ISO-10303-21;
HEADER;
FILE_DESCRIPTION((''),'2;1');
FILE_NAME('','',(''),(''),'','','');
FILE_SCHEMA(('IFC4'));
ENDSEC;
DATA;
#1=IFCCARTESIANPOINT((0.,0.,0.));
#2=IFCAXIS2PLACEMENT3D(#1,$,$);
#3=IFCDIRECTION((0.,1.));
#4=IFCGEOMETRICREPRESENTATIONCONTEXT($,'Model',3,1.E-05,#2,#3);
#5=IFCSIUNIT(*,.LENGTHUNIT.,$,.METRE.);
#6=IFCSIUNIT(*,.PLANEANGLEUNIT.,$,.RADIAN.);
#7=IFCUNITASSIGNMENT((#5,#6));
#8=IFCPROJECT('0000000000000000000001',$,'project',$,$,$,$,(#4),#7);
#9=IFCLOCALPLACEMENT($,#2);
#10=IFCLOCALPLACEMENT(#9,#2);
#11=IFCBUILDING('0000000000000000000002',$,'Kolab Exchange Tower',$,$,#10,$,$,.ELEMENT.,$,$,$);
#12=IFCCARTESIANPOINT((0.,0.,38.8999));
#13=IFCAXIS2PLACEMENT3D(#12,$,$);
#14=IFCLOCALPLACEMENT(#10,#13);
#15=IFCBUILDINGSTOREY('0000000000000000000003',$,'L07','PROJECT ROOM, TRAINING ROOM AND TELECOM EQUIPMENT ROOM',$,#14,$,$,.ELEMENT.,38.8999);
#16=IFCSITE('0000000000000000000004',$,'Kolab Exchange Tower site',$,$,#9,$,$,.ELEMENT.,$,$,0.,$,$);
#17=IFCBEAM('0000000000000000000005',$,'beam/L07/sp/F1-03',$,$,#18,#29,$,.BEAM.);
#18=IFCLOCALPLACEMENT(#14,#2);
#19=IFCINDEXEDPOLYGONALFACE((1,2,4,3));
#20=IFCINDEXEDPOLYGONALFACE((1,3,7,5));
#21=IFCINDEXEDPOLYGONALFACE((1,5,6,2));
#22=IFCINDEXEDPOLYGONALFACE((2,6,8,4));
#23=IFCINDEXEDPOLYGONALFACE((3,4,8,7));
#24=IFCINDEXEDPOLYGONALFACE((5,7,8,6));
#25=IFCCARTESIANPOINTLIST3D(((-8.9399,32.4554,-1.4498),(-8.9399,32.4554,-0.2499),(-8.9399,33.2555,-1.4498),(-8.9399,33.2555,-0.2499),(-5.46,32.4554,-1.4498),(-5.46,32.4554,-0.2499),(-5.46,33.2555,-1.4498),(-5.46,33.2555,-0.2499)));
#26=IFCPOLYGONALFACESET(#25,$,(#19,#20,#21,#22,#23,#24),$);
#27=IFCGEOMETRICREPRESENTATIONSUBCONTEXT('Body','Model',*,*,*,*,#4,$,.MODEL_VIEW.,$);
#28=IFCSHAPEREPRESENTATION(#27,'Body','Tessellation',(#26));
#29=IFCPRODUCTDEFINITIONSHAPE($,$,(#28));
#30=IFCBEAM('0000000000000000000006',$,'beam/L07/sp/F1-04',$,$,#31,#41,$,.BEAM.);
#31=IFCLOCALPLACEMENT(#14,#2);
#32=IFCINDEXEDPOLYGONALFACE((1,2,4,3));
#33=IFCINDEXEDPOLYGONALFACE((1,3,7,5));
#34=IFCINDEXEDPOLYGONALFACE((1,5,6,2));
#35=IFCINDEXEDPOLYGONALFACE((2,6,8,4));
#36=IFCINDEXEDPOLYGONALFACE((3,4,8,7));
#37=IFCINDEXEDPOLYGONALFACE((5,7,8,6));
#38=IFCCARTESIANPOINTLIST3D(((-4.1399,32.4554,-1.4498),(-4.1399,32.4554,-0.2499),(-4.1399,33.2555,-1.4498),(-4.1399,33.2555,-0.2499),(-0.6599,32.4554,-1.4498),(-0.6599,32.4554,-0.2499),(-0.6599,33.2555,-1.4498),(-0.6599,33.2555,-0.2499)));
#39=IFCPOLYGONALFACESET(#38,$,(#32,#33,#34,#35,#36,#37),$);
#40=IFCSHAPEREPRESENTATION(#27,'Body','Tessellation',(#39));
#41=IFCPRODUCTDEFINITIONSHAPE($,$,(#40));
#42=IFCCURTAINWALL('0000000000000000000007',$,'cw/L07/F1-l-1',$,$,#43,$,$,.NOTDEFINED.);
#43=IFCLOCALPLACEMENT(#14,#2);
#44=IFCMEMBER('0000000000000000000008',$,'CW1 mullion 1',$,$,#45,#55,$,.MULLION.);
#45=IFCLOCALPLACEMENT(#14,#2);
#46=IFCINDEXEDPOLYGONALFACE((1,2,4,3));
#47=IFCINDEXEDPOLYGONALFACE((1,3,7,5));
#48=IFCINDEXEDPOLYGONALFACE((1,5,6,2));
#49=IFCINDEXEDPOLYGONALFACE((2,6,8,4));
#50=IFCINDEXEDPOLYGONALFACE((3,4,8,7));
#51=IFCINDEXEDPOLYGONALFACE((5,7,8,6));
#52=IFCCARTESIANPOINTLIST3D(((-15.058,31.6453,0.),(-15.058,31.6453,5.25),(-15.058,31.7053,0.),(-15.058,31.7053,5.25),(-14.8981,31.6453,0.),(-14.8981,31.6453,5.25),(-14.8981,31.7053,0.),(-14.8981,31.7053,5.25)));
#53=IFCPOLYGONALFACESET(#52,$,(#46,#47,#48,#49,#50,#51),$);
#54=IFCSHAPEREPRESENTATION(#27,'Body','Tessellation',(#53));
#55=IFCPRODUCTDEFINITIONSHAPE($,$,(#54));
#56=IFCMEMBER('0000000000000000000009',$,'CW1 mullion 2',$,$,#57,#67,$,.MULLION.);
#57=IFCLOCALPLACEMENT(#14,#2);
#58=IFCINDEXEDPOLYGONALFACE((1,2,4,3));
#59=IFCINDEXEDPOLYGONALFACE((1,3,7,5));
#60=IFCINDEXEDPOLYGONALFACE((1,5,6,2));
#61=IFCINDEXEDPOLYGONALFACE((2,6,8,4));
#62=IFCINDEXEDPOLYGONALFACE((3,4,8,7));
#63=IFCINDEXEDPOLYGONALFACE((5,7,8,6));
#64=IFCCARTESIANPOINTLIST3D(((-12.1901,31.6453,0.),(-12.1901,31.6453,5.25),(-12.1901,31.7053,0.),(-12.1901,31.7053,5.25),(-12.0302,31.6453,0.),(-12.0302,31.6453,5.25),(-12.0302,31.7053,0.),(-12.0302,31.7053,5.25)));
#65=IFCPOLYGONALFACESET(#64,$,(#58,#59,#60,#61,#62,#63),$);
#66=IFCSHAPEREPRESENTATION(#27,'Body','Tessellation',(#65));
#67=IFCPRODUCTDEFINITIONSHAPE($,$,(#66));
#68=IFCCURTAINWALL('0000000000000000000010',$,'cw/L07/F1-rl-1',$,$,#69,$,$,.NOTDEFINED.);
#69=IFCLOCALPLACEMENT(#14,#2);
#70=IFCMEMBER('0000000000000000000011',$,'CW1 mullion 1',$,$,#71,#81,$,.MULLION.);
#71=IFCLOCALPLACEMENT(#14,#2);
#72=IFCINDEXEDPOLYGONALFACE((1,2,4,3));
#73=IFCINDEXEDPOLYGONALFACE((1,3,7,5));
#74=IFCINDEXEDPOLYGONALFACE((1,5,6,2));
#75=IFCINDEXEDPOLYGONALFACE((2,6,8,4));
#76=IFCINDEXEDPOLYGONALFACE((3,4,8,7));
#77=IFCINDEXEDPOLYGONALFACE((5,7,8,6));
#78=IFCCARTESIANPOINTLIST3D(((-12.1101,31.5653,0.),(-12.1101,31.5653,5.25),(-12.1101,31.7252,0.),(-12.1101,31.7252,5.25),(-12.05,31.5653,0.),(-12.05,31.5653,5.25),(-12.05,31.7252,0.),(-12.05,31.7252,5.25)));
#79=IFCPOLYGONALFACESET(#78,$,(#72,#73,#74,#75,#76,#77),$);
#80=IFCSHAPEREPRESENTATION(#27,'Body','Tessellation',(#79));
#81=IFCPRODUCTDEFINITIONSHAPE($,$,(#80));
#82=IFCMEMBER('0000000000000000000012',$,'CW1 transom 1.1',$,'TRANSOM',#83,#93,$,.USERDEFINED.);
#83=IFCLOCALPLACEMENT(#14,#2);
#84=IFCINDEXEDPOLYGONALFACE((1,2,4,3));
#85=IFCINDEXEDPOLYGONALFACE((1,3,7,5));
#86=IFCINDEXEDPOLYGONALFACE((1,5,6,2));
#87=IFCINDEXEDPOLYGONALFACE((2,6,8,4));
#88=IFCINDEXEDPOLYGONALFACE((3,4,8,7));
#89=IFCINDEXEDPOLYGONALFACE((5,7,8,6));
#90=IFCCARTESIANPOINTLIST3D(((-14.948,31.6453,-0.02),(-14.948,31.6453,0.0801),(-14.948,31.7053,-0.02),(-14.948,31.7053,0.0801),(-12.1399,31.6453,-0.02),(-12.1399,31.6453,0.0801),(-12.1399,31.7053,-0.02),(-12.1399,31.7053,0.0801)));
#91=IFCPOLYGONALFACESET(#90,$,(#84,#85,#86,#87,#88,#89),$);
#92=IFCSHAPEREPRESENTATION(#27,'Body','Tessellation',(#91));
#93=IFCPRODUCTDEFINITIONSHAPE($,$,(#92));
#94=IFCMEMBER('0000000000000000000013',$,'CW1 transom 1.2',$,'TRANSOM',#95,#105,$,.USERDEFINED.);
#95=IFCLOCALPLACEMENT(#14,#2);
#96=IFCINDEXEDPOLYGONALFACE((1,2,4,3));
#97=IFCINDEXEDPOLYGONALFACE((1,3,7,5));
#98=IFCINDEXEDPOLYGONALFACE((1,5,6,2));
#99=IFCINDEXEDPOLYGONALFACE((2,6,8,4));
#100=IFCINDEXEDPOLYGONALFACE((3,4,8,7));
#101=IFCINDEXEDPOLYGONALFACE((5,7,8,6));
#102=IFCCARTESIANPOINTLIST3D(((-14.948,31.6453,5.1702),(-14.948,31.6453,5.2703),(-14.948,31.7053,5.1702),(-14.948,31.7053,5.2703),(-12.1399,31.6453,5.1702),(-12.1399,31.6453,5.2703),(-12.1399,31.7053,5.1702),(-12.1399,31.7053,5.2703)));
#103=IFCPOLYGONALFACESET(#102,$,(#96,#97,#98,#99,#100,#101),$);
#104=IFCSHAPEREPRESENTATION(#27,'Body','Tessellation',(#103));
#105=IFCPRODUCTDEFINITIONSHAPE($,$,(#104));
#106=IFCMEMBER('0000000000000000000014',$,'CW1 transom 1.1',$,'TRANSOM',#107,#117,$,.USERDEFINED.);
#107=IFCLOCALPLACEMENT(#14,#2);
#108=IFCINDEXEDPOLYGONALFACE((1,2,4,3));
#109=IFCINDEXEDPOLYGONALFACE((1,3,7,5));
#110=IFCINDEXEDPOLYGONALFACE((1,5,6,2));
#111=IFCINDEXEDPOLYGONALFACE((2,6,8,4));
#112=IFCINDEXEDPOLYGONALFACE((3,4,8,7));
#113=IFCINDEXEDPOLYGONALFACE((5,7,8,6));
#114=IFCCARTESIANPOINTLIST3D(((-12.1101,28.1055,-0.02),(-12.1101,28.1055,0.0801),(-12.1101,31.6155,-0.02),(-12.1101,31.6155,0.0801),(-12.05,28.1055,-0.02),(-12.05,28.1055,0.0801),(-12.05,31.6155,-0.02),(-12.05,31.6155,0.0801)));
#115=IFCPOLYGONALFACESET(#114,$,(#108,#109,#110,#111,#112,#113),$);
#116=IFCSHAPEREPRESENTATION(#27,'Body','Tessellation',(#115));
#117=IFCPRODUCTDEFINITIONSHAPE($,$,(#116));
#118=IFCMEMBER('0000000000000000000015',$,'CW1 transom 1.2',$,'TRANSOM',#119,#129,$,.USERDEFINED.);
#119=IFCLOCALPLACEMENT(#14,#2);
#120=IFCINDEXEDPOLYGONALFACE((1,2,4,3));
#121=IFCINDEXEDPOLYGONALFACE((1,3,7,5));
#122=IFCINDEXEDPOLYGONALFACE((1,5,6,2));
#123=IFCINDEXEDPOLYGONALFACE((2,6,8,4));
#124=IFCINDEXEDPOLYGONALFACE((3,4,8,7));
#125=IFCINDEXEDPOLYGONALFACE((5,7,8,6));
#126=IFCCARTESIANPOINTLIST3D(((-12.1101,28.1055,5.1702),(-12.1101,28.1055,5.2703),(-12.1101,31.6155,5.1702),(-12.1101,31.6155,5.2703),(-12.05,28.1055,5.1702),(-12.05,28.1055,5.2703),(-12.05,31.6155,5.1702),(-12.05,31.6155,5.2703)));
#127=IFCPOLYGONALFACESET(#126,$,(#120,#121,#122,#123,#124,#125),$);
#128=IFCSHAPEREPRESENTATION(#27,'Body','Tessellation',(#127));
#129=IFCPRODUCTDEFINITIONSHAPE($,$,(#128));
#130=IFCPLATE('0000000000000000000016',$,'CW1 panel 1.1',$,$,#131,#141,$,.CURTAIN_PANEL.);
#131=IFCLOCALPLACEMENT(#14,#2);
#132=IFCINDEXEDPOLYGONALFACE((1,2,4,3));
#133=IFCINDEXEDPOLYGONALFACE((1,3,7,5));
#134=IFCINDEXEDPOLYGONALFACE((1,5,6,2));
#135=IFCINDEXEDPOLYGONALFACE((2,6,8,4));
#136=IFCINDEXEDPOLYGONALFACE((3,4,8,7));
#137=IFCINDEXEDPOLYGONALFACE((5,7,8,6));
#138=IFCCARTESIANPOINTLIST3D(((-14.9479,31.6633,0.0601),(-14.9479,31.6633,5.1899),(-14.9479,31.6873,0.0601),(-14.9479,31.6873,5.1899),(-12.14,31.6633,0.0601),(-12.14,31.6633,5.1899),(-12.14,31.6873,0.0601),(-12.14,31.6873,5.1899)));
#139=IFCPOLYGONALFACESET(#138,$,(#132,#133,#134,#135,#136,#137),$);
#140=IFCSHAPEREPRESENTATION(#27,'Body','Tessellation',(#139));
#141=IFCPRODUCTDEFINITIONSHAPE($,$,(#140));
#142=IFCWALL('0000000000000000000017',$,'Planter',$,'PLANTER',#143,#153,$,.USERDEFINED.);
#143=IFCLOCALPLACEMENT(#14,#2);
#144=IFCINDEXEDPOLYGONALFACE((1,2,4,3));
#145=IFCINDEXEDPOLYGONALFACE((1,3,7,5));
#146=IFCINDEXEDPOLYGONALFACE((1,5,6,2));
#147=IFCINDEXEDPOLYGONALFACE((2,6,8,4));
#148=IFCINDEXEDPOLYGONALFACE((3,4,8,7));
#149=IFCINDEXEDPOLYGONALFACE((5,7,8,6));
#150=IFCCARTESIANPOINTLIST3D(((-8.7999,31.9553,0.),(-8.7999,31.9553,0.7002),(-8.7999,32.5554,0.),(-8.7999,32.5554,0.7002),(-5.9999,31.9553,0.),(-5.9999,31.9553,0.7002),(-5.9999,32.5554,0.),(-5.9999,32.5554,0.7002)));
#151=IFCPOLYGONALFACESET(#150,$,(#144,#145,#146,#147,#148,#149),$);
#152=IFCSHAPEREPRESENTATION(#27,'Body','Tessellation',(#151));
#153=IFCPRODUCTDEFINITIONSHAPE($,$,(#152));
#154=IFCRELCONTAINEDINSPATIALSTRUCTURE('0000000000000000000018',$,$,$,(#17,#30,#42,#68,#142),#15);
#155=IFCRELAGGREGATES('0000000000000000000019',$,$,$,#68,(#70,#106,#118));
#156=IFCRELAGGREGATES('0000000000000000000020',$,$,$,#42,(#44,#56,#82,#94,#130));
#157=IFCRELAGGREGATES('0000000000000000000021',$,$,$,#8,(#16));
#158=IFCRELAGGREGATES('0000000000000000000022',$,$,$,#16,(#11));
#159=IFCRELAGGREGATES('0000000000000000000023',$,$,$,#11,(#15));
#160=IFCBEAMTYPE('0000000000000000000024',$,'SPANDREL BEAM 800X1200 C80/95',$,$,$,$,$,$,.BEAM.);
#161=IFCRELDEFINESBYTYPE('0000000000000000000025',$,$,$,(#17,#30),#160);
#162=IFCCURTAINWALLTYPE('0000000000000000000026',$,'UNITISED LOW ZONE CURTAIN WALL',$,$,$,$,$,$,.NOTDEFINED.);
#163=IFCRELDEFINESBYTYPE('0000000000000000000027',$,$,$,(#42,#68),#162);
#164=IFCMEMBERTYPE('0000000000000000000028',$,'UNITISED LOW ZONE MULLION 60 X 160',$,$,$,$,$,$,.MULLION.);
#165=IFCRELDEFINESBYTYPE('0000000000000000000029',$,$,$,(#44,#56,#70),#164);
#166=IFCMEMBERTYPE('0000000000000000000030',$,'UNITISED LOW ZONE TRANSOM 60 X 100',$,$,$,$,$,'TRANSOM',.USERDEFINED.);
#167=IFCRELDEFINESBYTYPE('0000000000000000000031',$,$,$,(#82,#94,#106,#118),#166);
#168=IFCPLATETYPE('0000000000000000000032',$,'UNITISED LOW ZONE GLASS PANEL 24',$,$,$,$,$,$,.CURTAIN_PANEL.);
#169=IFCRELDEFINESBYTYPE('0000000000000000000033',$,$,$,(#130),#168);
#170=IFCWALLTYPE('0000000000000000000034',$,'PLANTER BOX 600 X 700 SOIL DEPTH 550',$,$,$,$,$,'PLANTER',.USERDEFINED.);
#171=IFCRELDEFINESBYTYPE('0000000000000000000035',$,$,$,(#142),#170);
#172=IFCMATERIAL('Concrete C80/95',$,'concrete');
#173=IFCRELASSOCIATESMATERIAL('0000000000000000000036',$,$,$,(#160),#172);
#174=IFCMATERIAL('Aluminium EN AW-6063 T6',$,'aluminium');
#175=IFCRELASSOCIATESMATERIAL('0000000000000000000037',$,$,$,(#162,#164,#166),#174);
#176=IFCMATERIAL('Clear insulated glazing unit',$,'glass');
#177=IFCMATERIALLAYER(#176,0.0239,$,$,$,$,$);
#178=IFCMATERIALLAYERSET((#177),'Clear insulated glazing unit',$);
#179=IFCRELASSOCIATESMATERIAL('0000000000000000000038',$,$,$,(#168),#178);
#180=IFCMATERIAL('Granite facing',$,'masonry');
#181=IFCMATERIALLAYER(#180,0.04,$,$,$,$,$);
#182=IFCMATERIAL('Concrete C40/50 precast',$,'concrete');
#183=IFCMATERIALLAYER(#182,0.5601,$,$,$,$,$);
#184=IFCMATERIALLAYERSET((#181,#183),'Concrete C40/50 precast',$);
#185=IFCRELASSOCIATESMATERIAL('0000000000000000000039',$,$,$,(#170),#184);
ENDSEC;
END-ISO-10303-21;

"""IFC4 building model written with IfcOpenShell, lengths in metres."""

from ifc_helpers import new_model, si_unit, direction, frame, frame_2d, origin, origin_2d, place, context, subcontext, project, spatial, rectangle, extrude, material, layer, layer_set, material_profile, profile_set, type_object, element, aggregate, save


model = new_model("IFC4")

# Units and contexts
model_context = context("Model", 3, precision=1e-05, world=origin(), true_north=direction((0.0, 1.0)))
body_context = subcontext(model_context, "Body", "Model", "MODEL_VIEW")
ifc_project = project(units=[si_unit("LENGTHUNIT", "METRE"), si_unit("PLANEANGLEUNIT", "RADIAN")], contexts=[model_context])

# Site, building, storey
site_placement = place(None, origin())
site = spatial("IfcSite", under=ifc_project, at=site_placement, Name="Kolab Exchange Tower site", CompositionType="ELEMENT", RefElevation=0.0)
building_placement = place(site_placement, origin())
building = spatial("IfcBuilding", under=site, at=building_placement, Name="Kolab Exchange Tower", CompositionType="ELEMENT")
storey_placement = place(building_placement, frame((0.0, 0.0, 38.8999)))
storey = spatial("IfcBuildingStorey", under=building, at=storey_placement, Name="L07", Description="PROJECT ROOM, TRAINING ROOM AND TELECOM EQUIPMENT ROOM", CompositionType="ELEMENT", Elevation=38.8999)

# Shared definitions
ifc_material_1 = material(Name="Concrete C80/95", Category="concrete")

# Beams
ifc_material_profile_1 = material_profile(ifc_material_1, rectangle(XDim=0.8, YDim=1.2, at=origin_2d()), Name="RC800X1200")
ifc_profile_set_1 = profile_set([ifc_material_profile_1], Name="Concrete C80/95")
beam_type_1 = type_object("IfcBeamType", Name="SPANDREL BEAM 800X1200 C80/95", PredefinedType="BEAM", material=ifc_profile_set_1)
for number, where, z_axis, x_axis, name in (
    (1, (-8.9399, 32.8555, -0.8499), (1.0, 0.0, 0.0), (0.0, 1.0, 0.0), "beam/L07/sp/F1-03"),
    (2, (-4.1399, 32.8555, -0.8499), (1.0, 0.0, 0.0), (0.0, 1.0, 0.0), "beam/L07/sp/F1-04"),
):
    element("IfcBeam", number, at=place(storey_placement, frame(where, z_axis=z_axis, x_axis=x_axis)), inside=storey, type_object=beam_type_1, Name=name, PredefinedType="BEAM", context=body_context, shape_type="SweptSolid", body=[
        extrude(rectangle(XDim=0.8, YDim=1.2, at=origin_2d()), origin(), (0.0, 0.0, 1.0), 3.48),
    ])

# Curtain wall, members
ifc_material_2 = material(Name="Aluminium EN AW-6063 T6", Category="aluminium")
curtain_wall_type = type_object("IfcCurtainWallType", Name="UNITISED LOW ZONE CURTAIN WALL", PredefinedType="NOTDEFINED", material=ifc_material_2)
curtain_wall_1_placement = place(storey_placement, origin())
curtain_wall_1 = element("IfcCurtainWall", 3, at=curtain_wall_1_placement, inside=storey, type_object=curtain_wall_type, Name="cw/L07/F1-l-1", PredefinedType="NOTDEFINED")
ifc_material_profile_2 = material_profile(ifc_material_2, rectangle(XDim=0.0601, YDim=0.1599, at=origin_2d()), Name="RECT 60X160")
ifc_profile_set_2 = profile_set([ifc_material_profile_2], Name="Aluminium EN AW-6063 T6")
member_type_1 = type_object("IfcMemberType", Name="UNITISED LOW ZONE MULLION 60 X 160", PredefinedType="MULLION", material=ifc_profile_set_2)
member_1_placement = place(storey_placement, frame((-14.978, 31.6753, 0.0), z_axis=(0.0, 0.0, 1.0), x_axis=(0.0, 1.0, 0.0)))
member_1 = element("IfcMember", 4, at=member_1_placement, type_object=member_type_1, Name="CW1 mullion 1", PredefinedType="MULLION", context=body_context, shape_type="SweptSolid", body=[
    extrude(rectangle(XDim=0.0601, YDim=0.1599, at=origin_2d()), origin(), (0.0, 0.0, 1.0), 5.25),
])
member_2_placement = place(storey_placement, frame((-12.1101, 31.6753, 0.0), z_axis=(0.0, 0.0, 1.0), x_axis=(0.0, 1.0, 0.0)))
member_2 = element("IfcMember", 5, at=member_2_placement, type_object=member_type_1, Name="CW1 mullion 2", PredefinedType="MULLION", context=body_context, shape_type="SweptSolid", body=[
    extrude(rectangle(XDim=0.0601, YDim=0.1599, at=origin_2d()), origin(), (0.0, 0.0, 1.0), 5.25),
])

# Curtain wall, member
curtain_wall_2_placement = place(storey_placement, origin())
curtain_wall_2 = element("IfcCurtainWall", 6, at=curtain_wall_2_placement, inside=storey, type_object=curtain_wall_type, Name="cw/L07/F1-rl-1", PredefinedType="NOTDEFINED")
member_3_placement = place(storey_placement, frame((-12.0801, 31.6453, 0.0), z_axis=(0.0, 0.0, 1.0), x_axis=(1.0, 0.0, 0.0)))
member_3 = element("IfcMember", 7, at=member_3_placement, type_object=member_type_1, Name="CW1 mullion 1", PredefinedType="MULLION", context=body_context, shape_type="SweptSolid", body=[
    extrude(rectangle(XDim=0.0601, YDim=0.1599, at=origin_2d()), origin(), (0.0, 0.0, 1.0), 5.25),
])

# Members
ifc_material_profile_3 = material_profile(ifc_material_2, rectangle(XDim=0.0601, YDim=0.1001, at=origin_2d()), Name="RECT 60X100")
ifc_profile_set_3 = profile_set([ifc_material_profile_3], Name="Aluminium EN AW-6063 T6")
member_type_2 = type_object("IfcMemberType", Name="UNITISED LOW ZONE TRANSOM 60 X 100", ElementType="TRANSOM", PredefinedType="USERDEFINED", material=ifc_profile_set_3)
member_4_placement = place(storey_placement, frame((-14.948, 31.6753, 0.03), z_axis=(1.0, 0.0, 0.0), x_axis=(0.0, 1.0, 0.0)))
member_4 = element("IfcMember", 8, at=member_4_placement, type_object=member_type_2, Name="CW1 transom 1.1", ObjectType="TRANSOM", PredefinedType="USERDEFINED", context=body_context, shape_type="SweptSolid", body=[
    extrude(rectangle(XDim=0.0601, YDim=0.1001, at=origin_2d()), origin(), (0.0, 0.0, 1.0), 2.8081),
])
member_5_placement = place(storey_placement, frame((-14.948, 31.6753, 5.2202), z_axis=(1.0, 0.0, 0.0), x_axis=(0.0, 1.0, 0.0)))
member_5 = element("IfcMember", 9, at=member_5_placement, type_object=member_type_2, Name="CW1 transom 1.2", ObjectType="TRANSOM", PredefinedType="USERDEFINED", context=body_context, shape_type="SweptSolid", body=[
    extrude(rectangle(XDim=0.0601, YDim=0.1001, at=origin_2d()), origin(), (0.0, 0.0, 1.0), 2.8081),
])
member_6_placement = place(storey_placement, frame((-12.0801, 31.6155, 0.03), z_axis=(0.0, -1.0, 0.0), x_axis=(1.0, 0.0, 0.0)))
member_6 = element("IfcMember", 10, at=member_6_placement, type_object=member_type_2, Name="CW1 transom 1.1", ObjectType="TRANSOM", PredefinedType="USERDEFINED", context=body_context, shape_type="SweptSolid", body=[
    extrude(rectangle(XDim=0.0601, YDim=0.1001, at=origin_2d()), origin(), (0.0, 0.0, 1.0), 3.51),
])
member_7_placement = place(storey_placement, frame((-12.0801, 31.6155, 5.2202), z_axis=(0.0, -1.0, 0.0), x_axis=(1.0, 0.0, 0.0)))
member_7 = element("IfcMember", 11, at=member_7_placement, type_object=member_type_2, Name="CW1 transom 1.2", ObjectType="TRANSOM", PredefinedType="USERDEFINED", context=body_context, shape_type="SweptSolid", body=[
    extrude(rectangle(XDim=0.0601, YDim=0.1001, at=origin_2d()), origin(), (0.0, 0.0, 1.0), 3.51),
])
aggregate(curtain_wall_2, [member_3, member_6, member_7])

# Plate
ifc_material_3 = material(Name="Clear insulated glazing unit", Category="glass")
ifc_layer_1 = layer(ifc_material_3, 0.0239)
ifc_layer_set_1 = layer_set([ifc_layer_1], Name="Clear insulated glazing unit")
plate_type = type_object("IfcPlateType", Name="UNITISED LOW ZONE GLASS PANEL 24", PredefinedType="CURTAIN_PANEL", material=ifc_layer_set_1)
plate_placement = place(storey_placement, frame((-13.5439, 31.6753, 0.0601), z_axis=(0.0, 0.0, 1.0), x_axis=(1.0, 0.0, 0.0)))
plate = element("IfcPlate", 12, at=plate_placement, type_object=plate_type, Name="CW1 panel 1.1", PredefinedType="CURTAIN_PANEL", context=body_context, shape_type="SweptSolid", body=[
    extrude(rectangle(XDim=2.8079, YDim=0.0239, at=origin_2d()), origin(), (0.0, 0.0, 1.0), 5.1299),
])
aggregate(curtain_wall_1, [member_1, member_2, member_4, member_5, plate])

# Wall
ifc_material_4 = material(Name="Granite facing", Category="masonry")
ifc_layer_2 = layer(ifc_material_4, 0.04)
ifc_material_5 = material(Name="Concrete C40/50 precast", Category="concrete")
ifc_layer_3 = layer(ifc_material_5, 0.5601)
ifc_layer_set_2 = layer_set([ifc_layer_2, ifc_layer_3], Name="Concrete C40/50 precast")
wall_type = type_object("IfcWallType", Name="PLANTER BOX 600 X 700 SOIL DEPTH 550", ElementType="PLANTER", PredefinedType="USERDEFINED", material=ifc_layer_set_2)
wall_placement = place(storey_placement, frame((-6.0, 32.2554, 0.0), z_axis=(0.0, 0.0, 1.0), x_axis=(-1.0, 0.0, 0.0)))
element("IfcWall", 13, at=wall_placement, inside=storey, type_object=wall_type, Name="Planter", ObjectType="PLANTER", PredefinedType="USERDEFINED", context=body_context, shape_type="SweptSolid", body=[
    extrude(rectangle(XDim=2.8, YDim=0.6001, at=frame_2d((1.3999, 0.0))), origin(), (0.0, 0.0, 1.0), 0.7002),
])

save(model, "model.ifc")
